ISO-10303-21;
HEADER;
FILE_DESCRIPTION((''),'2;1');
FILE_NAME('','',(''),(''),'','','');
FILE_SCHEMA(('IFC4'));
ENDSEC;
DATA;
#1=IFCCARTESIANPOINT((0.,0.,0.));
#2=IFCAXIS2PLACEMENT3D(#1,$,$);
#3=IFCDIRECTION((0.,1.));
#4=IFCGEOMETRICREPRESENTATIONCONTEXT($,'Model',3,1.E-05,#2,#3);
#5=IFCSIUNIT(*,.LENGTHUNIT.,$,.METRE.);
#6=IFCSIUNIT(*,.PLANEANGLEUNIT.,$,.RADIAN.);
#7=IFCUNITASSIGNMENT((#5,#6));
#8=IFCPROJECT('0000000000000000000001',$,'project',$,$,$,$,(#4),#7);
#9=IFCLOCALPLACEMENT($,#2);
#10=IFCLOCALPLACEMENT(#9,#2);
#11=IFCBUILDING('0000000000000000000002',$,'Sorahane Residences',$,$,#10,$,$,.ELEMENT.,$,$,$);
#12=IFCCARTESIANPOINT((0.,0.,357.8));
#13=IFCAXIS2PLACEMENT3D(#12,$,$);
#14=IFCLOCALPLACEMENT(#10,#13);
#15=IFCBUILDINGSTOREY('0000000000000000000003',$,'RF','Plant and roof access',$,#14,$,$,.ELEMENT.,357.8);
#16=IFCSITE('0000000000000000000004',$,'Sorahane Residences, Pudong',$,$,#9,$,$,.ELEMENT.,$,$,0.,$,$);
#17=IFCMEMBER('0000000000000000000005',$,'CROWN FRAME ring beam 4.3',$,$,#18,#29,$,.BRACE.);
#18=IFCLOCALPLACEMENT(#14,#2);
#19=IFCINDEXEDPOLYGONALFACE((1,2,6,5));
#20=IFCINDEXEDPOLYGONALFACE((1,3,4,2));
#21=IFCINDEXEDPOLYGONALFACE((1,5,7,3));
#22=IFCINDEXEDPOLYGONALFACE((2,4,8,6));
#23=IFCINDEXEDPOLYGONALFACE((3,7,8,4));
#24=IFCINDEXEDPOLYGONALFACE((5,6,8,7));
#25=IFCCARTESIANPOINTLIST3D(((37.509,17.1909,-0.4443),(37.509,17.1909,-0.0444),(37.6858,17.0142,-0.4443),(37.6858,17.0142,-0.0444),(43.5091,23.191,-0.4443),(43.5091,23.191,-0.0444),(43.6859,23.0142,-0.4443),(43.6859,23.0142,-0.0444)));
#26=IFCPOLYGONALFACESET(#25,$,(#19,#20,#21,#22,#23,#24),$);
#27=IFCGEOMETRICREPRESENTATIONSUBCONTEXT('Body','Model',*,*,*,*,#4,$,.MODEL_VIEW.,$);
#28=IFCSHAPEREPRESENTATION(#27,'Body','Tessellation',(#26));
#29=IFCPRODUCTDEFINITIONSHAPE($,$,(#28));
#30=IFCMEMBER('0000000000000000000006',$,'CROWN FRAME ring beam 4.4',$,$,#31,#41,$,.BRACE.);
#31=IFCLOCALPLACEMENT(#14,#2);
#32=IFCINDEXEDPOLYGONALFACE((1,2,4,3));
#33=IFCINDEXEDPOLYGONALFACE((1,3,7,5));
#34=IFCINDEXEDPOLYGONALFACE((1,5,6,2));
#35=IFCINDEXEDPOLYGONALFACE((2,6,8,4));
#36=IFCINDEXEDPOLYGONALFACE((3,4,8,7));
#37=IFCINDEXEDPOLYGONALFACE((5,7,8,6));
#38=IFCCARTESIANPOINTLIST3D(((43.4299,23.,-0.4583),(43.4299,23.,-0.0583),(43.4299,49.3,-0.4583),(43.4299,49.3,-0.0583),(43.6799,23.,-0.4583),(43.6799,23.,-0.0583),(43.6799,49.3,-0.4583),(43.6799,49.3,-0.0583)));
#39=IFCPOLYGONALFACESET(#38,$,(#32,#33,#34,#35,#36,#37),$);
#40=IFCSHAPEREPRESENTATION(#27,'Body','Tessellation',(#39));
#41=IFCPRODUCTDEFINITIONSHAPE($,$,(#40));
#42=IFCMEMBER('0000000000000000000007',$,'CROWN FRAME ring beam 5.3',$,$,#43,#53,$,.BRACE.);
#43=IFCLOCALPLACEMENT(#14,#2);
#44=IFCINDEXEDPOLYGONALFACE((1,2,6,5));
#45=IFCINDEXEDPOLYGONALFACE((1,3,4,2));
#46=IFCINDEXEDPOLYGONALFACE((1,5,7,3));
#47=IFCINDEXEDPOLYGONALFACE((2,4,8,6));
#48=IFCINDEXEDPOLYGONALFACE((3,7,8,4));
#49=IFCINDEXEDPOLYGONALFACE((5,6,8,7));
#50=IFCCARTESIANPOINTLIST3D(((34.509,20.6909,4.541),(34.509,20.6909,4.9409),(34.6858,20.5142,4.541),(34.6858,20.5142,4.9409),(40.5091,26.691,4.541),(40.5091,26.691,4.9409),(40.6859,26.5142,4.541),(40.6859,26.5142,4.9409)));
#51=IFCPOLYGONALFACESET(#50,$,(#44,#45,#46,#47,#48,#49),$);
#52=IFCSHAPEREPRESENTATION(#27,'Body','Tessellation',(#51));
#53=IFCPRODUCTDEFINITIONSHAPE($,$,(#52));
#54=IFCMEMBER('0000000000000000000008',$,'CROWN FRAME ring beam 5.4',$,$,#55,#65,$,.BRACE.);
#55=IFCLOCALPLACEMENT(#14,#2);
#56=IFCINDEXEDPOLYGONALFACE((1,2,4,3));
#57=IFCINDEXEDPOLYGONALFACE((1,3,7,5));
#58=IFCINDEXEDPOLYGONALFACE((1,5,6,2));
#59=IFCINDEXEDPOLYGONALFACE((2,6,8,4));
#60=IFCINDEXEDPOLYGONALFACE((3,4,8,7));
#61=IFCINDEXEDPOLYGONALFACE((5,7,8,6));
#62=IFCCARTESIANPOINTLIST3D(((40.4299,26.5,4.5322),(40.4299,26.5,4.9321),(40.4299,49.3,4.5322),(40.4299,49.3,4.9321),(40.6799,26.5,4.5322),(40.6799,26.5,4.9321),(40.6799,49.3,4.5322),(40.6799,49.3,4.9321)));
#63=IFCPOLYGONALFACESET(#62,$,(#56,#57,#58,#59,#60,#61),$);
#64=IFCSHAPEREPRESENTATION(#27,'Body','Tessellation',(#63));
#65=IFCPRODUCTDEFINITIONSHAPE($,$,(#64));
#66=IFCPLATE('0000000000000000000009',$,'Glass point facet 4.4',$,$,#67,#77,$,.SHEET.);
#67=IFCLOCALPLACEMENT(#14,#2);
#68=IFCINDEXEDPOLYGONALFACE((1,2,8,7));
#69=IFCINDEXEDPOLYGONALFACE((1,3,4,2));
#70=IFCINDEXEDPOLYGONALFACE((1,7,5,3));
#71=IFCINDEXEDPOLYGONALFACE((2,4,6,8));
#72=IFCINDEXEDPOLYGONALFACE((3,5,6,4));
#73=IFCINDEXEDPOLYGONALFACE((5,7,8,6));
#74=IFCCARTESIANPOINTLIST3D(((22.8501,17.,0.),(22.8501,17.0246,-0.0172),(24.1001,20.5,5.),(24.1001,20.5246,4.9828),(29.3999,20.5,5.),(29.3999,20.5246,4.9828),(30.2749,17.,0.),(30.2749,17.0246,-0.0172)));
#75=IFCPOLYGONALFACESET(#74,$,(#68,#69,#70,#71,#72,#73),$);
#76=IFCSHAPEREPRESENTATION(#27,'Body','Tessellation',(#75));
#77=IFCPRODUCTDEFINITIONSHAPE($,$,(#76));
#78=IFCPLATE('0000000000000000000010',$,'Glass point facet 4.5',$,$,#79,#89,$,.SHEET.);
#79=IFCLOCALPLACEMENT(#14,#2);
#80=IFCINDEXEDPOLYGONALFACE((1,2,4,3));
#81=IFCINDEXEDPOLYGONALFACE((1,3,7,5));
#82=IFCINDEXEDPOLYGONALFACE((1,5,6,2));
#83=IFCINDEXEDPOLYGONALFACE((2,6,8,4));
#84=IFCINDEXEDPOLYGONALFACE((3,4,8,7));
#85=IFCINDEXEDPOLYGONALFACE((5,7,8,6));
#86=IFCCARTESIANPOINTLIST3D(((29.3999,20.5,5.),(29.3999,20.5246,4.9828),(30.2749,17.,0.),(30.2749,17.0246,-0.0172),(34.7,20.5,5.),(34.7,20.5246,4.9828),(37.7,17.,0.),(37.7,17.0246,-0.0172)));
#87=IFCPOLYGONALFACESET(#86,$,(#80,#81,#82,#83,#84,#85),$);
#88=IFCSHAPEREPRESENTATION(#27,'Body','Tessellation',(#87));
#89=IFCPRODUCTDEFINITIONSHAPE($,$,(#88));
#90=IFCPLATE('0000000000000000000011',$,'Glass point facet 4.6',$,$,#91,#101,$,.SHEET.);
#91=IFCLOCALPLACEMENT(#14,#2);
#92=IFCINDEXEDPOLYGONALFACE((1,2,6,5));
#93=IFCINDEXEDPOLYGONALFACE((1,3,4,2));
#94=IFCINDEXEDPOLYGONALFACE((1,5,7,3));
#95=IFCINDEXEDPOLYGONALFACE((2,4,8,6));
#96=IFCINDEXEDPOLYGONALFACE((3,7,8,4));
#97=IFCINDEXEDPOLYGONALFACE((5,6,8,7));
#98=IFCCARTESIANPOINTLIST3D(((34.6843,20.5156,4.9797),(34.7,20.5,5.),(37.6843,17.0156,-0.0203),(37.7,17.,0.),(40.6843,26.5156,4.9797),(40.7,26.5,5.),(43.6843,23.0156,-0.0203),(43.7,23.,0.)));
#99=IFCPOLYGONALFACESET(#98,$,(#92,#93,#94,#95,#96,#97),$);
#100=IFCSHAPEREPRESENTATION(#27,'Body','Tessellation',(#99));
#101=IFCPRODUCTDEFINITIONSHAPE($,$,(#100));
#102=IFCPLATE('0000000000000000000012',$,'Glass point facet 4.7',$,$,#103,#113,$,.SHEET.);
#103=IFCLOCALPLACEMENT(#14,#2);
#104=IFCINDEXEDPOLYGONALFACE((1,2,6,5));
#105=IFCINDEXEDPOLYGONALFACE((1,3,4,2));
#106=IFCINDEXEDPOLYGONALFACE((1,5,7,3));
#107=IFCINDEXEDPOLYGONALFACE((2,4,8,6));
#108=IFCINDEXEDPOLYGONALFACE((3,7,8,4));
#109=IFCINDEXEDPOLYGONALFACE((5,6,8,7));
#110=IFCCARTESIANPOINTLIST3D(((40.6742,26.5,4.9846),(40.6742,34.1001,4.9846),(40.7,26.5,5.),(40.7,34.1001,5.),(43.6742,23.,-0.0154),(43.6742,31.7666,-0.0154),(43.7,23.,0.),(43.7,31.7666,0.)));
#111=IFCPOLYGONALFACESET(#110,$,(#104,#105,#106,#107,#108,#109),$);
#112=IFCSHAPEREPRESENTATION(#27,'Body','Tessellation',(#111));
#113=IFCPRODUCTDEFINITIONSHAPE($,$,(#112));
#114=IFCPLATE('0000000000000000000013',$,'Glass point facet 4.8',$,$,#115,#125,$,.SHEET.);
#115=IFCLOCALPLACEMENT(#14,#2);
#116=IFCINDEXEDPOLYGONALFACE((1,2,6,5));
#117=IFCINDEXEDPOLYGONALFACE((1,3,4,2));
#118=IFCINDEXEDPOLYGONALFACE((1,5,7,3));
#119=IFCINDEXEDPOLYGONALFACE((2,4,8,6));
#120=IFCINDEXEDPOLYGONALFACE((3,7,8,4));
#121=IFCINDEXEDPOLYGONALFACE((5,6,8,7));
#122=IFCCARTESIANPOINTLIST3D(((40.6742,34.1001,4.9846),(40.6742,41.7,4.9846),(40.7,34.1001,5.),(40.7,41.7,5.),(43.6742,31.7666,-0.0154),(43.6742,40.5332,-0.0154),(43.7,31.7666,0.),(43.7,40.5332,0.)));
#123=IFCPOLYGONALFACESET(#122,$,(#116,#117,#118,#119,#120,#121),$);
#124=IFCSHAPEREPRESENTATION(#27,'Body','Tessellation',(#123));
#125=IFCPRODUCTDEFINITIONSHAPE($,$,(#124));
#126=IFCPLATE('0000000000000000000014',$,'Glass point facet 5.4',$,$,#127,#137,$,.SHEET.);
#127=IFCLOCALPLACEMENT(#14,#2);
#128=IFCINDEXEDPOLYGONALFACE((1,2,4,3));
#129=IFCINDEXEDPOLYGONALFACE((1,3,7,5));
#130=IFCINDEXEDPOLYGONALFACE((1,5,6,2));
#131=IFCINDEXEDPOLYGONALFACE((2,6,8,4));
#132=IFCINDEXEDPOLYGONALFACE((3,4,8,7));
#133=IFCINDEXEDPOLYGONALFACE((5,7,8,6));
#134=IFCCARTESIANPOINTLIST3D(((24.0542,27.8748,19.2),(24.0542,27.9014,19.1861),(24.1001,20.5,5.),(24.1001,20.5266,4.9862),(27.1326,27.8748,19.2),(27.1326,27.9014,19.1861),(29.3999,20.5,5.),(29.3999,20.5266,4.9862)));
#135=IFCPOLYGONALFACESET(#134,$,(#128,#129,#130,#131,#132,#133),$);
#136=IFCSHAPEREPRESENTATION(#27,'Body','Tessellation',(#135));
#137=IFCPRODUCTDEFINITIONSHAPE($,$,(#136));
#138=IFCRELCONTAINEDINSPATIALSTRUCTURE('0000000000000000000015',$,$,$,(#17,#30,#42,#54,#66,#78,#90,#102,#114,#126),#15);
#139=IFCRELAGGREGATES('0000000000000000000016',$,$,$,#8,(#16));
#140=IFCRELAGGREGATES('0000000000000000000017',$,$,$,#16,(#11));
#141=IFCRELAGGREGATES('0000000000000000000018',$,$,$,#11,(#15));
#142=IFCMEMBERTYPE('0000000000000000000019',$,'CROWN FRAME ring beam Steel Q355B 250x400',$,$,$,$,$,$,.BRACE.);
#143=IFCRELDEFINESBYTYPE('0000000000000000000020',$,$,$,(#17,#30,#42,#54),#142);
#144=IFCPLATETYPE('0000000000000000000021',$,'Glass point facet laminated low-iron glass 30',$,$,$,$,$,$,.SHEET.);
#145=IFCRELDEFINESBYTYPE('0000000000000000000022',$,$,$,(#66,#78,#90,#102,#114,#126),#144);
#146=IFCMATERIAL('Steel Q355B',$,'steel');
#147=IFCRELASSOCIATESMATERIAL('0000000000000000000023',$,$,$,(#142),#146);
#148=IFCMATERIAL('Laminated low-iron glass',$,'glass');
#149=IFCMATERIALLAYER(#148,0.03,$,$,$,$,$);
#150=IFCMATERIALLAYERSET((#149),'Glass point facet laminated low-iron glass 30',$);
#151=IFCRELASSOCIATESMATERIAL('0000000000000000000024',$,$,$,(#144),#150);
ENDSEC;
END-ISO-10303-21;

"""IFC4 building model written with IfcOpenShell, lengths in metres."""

from ifc_helpers import new_model, si_unit, direction, frame, origin, origin_2d, place, context, subcontext, project, spatial, polyline, rectangle, outline, extrude, material, layer, layer_set, material_profile, profile_set, type_object, element, save


model = new_model("IFC4")

# Units and contexts
model_context = context("Model", 3, precision=1e-05, world=origin(), true_north=direction((0.0, 1.0)))
body_context = subcontext(model_context, "Body", "Model", "MODEL_VIEW")
ifc_project = project(units=[si_unit("LENGTHUNIT", "METRE"), si_unit("PLANEANGLEUNIT", "RADIAN")], contexts=[model_context])

# Site, building, storey
site_placement = place(None, origin())
site = spatial("IfcSite", under=ifc_project, at=site_placement, Name="Sorahane Residences, Pudong", CompositionType="ELEMENT", RefElevation=0.0)
building_placement = place(site_placement, origin())
building = spatial("IfcBuilding", under=site, at=building_placement, Name="Sorahane Residences", CompositionType="ELEMENT")
storey_placement = place(building_placement, frame((0.0, 0.0, 357.8)))
storey = spatial("IfcBuildingStorey", under=building, at=storey_placement, Name="RF", Description="Plant and roof access", CompositionType="ELEMENT", Elevation=357.8)

# Members
ifc_material_1 = material(Name="Steel Q355B", Category="steel")
ifc_material_profile_1 = material_profile(ifc_material_1, rectangle(XDim=0.25, YDim=0.3999, at=origin_2d()), Name="CROWN FRAME ring beam Steel Q355B 250x400")
ifc_profile_set_1 = profile_set([ifc_material_profile_1], Name="Steel Q355B")
member_type_1 = type_object("IfcMemberType", Name="CROWN FRAME ring beam Steel Q355B 250x400", PredefinedType="BRACE", material=ifc_profile_set_1)
member_1_placement = place(storey_placement, frame((37.5974, 17.1025, -0.2444), z_axis=(0.707107, 0.707107, 0.0), x_axis=(-0.707107, 0.707107, 0.0)))
element("IfcMember", 1, at=member_1_placement, inside=storey, type_object=member_type_1, Name="CROWN FRAME ring beam 4.3", PredefinedType="BRACE", context=body_context, shape_type="SweptSolid", body=[
    extrude(rectangle(XDim=0.25, YDim=0.3999, at=origin_2d()), origin(), (0.0, 0.0, 1.0), 8.4854),
])
member_2_placement = place(storey_placement, frame((43.5549, 23.0, -0.2583), z_axis=(0.0, 1.0, 0.0), x_axis=(-1.0, 0.0, 0.0)))
element("IfcMember", 2, at=member_2_placement, inside=storey, type_object=member_type_1, Name="CROWN FRAME ring beam 4.4", PredefinedType="BRACE", context=body_context, shape_type="SweptSolid", body=[
    extrude(rectangle(XDim=0.25, YDim=0.3999, at=origin_2d()), origin(), (0.0, 0.0, 1.0), 26.3),
])
member_3_placement = place(storey_placement, frame((34.5974, 20.6025, 4.741), z_axis=(0.707107, 0.707107, 0.0), x_axis=(-0.707107, 0.707107, 0.0)))
element("IfcMember", 3, at=member_3_placement, inside=storey, type_object=member_type_1, Name="CROWN FRAME ring beam 5.3", PredefinedType="BRACE", context=body_context, shape_type="SweptSolid", body=[
    extrude(rectangle(XDim=0.25, YDim=0.3999, at=origin_2d()), origin(), (0.0, 0.0, 1.0), 8.4854),
])
member_4_placement = place(storey_placement, frame((40.5549, 26.5, 4.7322), z_axis=(0.0, 1.0, 0.0), x_axis=(-1.0, 0.0, 0.0)))
element("IfcMember", 4, at=member_4_placement, inside=storey, type_object=member_type_1, Name="CROWN FRAME ring beam 5.4", PredefinedType="BRACE", context=body_context, shape_type="SweptSolid", body=[
    extrude(rectangle(XDim=0.25, YDim=0.3999, at=origin_2d()), origin(), (0.0, 0.0, 1.0), 22.8),
])

# Plates
ifc_material_2 = material(Name="Laminated low-iron glass", Category="glass")
ifc_layer = layer(ifc_material_2, 0.03)
ifc_layer_set = layer_set([ifc_layer], Name="Glass point facet laminated low-iron glass 30")
plate_type = type_object("IfcPlateType", Name="Glass point facet laminated low-iron glass 30", PredefinedType="SHEET", material=ifc_layer_set)
plate_1_placement = place(storey_placement, frame((22.8501, 17.0, 0.0), z_axis=(0.0, -0.819232, 0.573462), x_axis=(1.0, 0.0, 0.0)))
element("IfcPlate", 5, at=plate_1_placement, inside=storey, type_object=plate_type, Name="Glass point facet 4.4", PredefinedType="SHEET", context=body_context, shape_type="SweptSolid", body=[
    extrude(outline(polyline([(0.0, 0.0), (7.4248, 0.0), (6.5498, 6.1033), (1.25, 6.1033), (0.0, 0.0)])), origin(), (0.0, 0.0, -1.0), 0.03),
])
plate_2_placement = place(storey_placement, frame((30.2749, 17.0, 0.0), z_axis=(0.0, -0.819232, 0.573462), x_axis=(1.0, 0.0, 0.0)))
element("IfcPlate", 6, at=plate_2_placement, inside=storey, type_object=plate_type, Name="Glass point facet 4.5", PredefinedType="SHEET", context=body_context, shape_type="SweptSolid", body=[
    extrude(outline(polyline([(0.0, 0.0), (7.425, 0.0), (4.425, 6.1033), (-0.875, 6.1033), (0.0, 0.0)])), origin(), (0.0, 0.0, -1.0), 0.03),
])
plate_3_placement = place(storey_placement, frame((37.7, 17.0, 0.0), z_axis=(0.520579, -0.520579, 0.676753), x_axis=(0.707107, 0.707107, 0.0)))
element("IfcPlate", 7, at=plate_3_placement, inside=storey, type_object=plate_type, Name="Glass point facet 4.6", PredefinedType="SHEET", context=body_context, shape_type="SweptSolid", body=[
    extrude(outline(polyline([(0.0, 0.0), (8.4853, 0.0), (8.8388, 6.7915), (0.3536, 6.7915), (0.0, 0.0)])), origin(), (0.0, 0.0, -1.0), 0.03),
])
plate_4_placement = place(storey_placement, frame((43.7, 23.0, 0.0), z_axis=(0.857493, 0.0, 0.514496), x_axis=(0.0, 1.0, 0.0)))
element("IfcPlate", 8, at=plate_4_placement, inside=storey, type_object=plate_type, Name="Glass point facet 4.7", PredefinedType="SHEET", context=body_context, shape_type="SweptSolid", body=[
    extrude(outline(polyline([(0.0, 0.0), (8.7666, 0.0), (11.1001, 5.831), (3.5, 5.831), (0.0, 0.0)])), origin(), (0.0, 0.0, -1.0), 0.03),
])
plate_5_placement = place(storey_placement, frame((43.7, 31.7666, 0.0), z_axis=(0.857493, 0.0, 0.514496), x_axis=(0.0, 1.0, 0.0)))
element("IfcPlate", 9, at=plate_5_placement, inside=storey, type_object=plate_type, Name="Glass point facet 4.8", PredefinedType="SHEET", context=body_context, shape_type="SweptSolid", body=[
    extrude(outline(polyline([(0.0, 0.0), (8.7666, 0.0), (9.9333, 5.831), (2.3335, 5.831), (0.0, 0.0)])), origin(), (0.0, 0.0, -1.0), 0.03),
])
plate_6_placement = place(storey_placement, frame((24.1001, 20.5, 5.0), z_axis=(0.0, -0.887453, 0.460899), x_axis=(1.0, 0.0, 0.0)))
element("IfcPlate", 10, at=plate_6_placement, inside=storey, type_object=plate_type, Name="Glass point facet 5.4", PredefinedType="SHEET", context=body_context, shape_type="SweptSolid", body=[
    extrude(outline(polyline([(0.0, 0.0), (5.2998, 0.0), (3.0325, 16.0008), (-0.0459, 16.0008), (0.0, 0.0)])), origin(), (0.0, 0.0, -1.0), 0.03),
])

save(model, "model.ifc")
